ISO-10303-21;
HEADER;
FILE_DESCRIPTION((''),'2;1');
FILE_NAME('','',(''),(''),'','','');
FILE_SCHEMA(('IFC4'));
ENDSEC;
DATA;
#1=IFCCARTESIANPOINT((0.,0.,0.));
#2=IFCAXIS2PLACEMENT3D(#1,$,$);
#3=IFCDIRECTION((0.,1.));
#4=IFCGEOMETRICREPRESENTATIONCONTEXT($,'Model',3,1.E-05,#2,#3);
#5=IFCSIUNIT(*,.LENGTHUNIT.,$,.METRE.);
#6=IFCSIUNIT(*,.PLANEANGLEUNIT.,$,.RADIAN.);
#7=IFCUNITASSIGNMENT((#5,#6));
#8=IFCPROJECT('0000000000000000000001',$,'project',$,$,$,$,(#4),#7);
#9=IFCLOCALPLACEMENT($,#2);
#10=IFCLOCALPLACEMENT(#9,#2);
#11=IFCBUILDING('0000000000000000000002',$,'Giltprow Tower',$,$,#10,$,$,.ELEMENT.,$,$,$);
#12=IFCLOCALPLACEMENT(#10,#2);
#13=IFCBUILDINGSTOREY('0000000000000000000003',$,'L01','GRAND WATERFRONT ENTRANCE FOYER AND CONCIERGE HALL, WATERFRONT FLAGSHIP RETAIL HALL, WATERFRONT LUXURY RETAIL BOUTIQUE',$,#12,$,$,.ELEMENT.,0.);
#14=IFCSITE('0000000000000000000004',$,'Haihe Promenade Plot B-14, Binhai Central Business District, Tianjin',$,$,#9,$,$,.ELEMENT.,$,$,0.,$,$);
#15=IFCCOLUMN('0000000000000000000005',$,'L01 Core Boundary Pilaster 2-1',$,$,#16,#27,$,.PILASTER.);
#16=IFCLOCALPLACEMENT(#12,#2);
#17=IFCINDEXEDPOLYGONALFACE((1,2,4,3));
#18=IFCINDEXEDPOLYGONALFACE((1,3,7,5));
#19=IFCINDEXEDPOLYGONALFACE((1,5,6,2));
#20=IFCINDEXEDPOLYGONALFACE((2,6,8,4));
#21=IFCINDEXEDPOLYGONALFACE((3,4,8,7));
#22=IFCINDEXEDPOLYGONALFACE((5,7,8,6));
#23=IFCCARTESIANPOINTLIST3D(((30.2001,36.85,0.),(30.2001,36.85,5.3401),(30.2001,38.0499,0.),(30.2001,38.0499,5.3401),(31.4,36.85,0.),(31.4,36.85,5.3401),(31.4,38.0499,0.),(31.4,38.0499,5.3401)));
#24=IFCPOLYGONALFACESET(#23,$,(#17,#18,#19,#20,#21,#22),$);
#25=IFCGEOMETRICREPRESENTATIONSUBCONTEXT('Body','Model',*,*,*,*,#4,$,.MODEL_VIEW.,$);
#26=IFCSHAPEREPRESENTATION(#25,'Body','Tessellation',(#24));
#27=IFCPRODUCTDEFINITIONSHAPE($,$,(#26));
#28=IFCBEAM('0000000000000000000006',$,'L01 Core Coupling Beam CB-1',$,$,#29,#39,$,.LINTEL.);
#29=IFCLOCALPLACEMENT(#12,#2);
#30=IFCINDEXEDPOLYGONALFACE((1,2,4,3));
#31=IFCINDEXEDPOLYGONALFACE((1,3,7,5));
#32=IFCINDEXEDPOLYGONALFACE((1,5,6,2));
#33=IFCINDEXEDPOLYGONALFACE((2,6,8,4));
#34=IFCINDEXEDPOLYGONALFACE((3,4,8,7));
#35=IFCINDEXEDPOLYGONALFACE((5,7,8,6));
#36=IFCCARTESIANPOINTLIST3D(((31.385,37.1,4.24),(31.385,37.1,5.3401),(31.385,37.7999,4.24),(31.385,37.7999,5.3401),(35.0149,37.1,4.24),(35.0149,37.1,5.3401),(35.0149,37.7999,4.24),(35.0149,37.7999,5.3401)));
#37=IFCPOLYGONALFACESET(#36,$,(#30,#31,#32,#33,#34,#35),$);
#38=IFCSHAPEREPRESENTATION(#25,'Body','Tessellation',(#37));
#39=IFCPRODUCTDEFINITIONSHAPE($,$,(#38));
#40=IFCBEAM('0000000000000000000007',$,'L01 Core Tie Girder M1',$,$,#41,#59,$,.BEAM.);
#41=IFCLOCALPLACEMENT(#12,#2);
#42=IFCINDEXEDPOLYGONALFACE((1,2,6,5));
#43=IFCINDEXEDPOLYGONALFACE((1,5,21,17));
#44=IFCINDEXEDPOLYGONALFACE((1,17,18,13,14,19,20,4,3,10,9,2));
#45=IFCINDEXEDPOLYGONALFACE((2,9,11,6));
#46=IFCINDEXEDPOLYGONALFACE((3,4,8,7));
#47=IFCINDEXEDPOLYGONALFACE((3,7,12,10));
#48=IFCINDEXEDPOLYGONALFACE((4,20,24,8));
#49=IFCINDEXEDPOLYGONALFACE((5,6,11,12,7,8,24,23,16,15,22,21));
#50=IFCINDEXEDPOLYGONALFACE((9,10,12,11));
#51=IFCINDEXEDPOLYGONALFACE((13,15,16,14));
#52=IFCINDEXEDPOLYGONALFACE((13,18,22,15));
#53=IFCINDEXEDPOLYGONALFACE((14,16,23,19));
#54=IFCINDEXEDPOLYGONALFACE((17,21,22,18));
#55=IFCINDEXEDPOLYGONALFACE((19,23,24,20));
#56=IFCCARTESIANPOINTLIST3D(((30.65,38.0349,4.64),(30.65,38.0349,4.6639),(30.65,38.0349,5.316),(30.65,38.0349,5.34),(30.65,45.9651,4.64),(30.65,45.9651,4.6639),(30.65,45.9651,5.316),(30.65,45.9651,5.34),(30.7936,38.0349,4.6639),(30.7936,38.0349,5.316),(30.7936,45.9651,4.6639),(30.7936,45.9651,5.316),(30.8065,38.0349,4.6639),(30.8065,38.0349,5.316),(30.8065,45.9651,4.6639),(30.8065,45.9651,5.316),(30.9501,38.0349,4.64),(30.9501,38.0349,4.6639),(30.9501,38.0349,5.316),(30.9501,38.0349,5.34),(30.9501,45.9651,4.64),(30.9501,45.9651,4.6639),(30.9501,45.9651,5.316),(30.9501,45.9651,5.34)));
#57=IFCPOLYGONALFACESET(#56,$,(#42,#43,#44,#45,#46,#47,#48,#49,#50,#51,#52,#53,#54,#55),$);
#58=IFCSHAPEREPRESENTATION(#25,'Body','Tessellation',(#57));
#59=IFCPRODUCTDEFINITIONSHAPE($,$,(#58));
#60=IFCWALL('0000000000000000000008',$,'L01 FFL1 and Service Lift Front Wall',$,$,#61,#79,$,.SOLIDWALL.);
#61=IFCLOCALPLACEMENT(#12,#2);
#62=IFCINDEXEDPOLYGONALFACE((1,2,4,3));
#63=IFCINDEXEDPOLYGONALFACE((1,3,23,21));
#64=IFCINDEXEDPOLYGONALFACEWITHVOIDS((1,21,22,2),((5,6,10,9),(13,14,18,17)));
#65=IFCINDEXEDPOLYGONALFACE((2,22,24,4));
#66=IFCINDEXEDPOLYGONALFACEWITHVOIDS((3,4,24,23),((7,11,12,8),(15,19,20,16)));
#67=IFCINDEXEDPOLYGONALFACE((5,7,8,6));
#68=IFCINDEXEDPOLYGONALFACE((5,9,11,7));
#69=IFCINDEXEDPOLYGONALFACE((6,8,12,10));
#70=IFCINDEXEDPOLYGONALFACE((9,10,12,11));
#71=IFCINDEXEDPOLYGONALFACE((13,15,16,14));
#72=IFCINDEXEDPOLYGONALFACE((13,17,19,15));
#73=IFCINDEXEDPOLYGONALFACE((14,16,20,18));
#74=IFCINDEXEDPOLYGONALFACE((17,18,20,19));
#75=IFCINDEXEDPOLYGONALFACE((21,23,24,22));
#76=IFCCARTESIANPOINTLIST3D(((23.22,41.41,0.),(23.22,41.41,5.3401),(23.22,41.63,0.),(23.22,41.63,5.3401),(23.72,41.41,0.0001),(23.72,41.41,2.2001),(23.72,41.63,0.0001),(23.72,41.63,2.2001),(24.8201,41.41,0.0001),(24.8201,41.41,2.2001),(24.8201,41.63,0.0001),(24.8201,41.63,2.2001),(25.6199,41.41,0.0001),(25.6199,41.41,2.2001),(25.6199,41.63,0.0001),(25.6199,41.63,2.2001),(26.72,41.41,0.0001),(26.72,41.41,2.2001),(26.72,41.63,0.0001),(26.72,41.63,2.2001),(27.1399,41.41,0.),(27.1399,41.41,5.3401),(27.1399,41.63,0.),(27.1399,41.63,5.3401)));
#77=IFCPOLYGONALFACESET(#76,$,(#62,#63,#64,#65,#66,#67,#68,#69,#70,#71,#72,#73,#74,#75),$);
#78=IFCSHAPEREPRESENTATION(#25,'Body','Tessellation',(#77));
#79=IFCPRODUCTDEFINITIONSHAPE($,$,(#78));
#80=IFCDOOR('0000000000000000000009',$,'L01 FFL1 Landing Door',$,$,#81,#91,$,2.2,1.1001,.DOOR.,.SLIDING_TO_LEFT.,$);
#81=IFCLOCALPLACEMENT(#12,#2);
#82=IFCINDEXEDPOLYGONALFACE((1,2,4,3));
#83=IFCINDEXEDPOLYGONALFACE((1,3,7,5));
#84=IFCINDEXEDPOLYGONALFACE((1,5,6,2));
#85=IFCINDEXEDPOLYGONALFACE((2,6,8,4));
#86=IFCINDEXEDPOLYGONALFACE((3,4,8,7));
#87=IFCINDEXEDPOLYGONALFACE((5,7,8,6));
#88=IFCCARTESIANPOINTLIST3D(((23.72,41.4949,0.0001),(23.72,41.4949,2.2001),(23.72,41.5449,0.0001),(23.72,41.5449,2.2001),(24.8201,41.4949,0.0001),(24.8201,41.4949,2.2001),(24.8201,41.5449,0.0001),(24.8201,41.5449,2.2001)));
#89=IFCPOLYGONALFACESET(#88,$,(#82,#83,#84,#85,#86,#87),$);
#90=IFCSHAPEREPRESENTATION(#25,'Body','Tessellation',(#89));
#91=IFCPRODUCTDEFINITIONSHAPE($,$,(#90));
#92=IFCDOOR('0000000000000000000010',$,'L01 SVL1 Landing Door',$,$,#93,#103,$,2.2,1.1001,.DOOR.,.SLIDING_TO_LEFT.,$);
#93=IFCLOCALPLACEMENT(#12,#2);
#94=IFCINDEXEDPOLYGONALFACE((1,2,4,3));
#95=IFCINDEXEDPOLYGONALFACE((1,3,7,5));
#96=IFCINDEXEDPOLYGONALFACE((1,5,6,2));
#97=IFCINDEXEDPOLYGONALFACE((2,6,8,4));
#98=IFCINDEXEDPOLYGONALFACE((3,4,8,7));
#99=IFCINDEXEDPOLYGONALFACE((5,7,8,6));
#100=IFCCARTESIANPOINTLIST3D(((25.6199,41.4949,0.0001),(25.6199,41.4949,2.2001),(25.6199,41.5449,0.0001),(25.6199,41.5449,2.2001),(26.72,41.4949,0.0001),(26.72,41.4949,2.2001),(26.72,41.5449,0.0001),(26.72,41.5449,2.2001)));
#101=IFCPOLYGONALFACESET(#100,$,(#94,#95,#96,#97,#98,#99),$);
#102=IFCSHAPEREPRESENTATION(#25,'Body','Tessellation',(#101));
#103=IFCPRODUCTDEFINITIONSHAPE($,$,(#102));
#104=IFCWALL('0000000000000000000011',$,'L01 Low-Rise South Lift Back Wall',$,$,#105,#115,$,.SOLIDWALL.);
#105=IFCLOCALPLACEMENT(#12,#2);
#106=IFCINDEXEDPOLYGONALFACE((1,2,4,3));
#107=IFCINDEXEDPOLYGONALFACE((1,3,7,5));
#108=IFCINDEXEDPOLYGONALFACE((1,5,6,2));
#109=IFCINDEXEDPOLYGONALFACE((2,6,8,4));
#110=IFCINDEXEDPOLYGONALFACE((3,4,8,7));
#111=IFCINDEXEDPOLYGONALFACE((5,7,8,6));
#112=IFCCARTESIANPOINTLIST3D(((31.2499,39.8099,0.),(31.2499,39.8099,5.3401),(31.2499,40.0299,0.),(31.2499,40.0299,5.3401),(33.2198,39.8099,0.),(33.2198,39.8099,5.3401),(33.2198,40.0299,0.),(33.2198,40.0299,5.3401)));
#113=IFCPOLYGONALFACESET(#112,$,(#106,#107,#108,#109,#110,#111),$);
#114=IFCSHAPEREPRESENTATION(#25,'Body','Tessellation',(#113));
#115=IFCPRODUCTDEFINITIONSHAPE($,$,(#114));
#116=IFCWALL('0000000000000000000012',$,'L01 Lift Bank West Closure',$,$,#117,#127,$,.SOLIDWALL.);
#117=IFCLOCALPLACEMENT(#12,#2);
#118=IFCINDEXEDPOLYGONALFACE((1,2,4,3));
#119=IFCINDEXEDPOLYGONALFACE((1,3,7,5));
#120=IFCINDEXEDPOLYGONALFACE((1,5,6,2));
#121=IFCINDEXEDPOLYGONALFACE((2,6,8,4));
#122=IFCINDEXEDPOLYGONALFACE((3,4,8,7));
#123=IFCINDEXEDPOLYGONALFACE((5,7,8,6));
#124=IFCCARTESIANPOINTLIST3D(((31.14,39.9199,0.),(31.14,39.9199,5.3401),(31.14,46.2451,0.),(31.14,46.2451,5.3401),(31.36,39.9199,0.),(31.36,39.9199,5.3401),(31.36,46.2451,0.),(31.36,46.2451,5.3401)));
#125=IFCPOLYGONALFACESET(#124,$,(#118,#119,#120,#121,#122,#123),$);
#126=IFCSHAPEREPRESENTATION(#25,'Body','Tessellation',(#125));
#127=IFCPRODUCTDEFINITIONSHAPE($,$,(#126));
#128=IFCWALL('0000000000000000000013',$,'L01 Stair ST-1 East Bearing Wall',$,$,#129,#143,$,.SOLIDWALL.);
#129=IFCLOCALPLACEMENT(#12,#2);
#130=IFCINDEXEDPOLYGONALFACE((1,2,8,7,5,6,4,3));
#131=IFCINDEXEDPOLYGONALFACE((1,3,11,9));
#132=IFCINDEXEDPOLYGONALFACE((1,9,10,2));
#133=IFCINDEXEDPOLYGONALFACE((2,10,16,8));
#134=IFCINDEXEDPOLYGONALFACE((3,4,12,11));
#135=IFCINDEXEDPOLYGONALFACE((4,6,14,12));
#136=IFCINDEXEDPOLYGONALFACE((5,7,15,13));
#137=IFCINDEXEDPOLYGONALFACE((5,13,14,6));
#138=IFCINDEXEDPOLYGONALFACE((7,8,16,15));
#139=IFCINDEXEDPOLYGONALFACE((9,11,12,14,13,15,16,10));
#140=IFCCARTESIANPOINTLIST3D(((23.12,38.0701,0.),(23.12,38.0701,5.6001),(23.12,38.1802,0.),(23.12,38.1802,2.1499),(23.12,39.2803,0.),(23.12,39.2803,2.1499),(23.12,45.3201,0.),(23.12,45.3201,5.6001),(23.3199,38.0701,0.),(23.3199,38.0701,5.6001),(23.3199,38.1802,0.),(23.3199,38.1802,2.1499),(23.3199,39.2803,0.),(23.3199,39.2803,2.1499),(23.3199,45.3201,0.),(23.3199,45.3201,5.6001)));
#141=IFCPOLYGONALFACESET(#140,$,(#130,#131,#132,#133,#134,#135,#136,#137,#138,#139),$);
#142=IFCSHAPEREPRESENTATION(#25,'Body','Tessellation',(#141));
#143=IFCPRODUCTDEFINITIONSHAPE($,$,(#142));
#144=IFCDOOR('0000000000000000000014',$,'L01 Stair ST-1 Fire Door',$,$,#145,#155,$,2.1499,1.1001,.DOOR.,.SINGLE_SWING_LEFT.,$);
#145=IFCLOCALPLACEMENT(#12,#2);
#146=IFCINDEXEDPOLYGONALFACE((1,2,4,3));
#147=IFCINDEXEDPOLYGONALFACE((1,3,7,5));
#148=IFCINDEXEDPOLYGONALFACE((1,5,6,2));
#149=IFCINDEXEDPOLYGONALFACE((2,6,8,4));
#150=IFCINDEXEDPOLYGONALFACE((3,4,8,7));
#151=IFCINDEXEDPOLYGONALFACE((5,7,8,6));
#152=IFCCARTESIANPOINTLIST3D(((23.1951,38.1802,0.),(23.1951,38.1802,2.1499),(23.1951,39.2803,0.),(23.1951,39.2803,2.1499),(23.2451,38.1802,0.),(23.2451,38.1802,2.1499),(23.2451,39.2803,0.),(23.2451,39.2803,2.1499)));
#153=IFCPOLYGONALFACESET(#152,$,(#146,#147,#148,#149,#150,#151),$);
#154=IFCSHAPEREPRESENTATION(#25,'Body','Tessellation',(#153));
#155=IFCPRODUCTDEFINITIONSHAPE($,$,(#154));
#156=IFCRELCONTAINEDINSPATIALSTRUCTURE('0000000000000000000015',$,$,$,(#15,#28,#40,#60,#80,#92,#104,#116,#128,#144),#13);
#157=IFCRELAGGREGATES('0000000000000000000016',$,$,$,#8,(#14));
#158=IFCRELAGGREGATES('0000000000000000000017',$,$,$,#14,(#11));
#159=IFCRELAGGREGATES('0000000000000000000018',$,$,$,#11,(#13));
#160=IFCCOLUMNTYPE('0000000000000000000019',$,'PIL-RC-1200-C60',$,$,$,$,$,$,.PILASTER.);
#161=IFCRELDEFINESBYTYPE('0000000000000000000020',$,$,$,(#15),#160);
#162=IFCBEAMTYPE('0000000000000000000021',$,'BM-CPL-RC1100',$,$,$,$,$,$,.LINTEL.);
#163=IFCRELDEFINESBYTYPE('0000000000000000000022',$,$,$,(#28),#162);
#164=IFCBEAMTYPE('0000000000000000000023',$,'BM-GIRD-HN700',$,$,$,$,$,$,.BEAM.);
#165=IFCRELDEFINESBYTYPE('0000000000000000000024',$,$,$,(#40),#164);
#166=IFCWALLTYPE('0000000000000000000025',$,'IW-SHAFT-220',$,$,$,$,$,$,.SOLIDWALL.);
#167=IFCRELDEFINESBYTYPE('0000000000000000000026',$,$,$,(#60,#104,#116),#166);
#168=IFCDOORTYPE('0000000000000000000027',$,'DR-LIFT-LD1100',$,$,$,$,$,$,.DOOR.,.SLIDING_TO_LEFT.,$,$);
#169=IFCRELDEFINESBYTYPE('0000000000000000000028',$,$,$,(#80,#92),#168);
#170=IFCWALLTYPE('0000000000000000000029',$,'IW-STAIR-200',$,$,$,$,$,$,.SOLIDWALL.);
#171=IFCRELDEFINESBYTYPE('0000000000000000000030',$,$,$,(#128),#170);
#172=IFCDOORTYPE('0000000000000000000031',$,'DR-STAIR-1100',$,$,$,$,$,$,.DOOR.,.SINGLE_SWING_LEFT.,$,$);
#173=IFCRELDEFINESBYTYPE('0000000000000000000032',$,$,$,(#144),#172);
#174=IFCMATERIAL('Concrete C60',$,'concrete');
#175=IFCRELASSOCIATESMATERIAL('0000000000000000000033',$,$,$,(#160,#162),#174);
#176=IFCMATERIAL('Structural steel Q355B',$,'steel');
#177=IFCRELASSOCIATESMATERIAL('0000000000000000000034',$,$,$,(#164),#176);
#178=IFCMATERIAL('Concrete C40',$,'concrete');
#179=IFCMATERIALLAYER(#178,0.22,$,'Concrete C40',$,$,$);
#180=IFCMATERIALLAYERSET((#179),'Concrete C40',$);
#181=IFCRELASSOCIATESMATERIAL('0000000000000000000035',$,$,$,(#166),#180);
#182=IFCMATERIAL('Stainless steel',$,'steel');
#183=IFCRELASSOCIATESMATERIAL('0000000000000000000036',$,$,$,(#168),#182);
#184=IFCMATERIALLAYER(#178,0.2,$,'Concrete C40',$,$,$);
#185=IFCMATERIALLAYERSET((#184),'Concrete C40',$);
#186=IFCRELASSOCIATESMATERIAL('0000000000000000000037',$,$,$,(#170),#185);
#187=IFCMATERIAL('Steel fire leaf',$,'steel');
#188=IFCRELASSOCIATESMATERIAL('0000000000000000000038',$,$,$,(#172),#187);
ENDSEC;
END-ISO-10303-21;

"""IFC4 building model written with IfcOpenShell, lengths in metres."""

from ifc_helpers import new_model, si_unit, direction, frame, frame_2d, origin, origin_2d, place, context, subcontext, project, spatial, rectangle, i_section, extrude, source, transform, mapped, material, layer, layer_set, material_profile, profile_set, type_object, element, fill, save


model = new_model("IFC4")

# Units and contexts
model_context = context("Model", 3, precision=1e-05, world=origin(), true_north=direction((0.0, 1.0)))
body_context = subcontext(model_context, "Body", "Model", "MODEL_VIEW")
ifc_project = project(units=[si_unit("LENGTHUNIT", "METRE"), si_unit("PLANEANGLEUNIT", "RADIAN")], contexts=[model_context])

# Site, building, storey
site_placement = place(None, origin())
site = spatial("IfcSite", under=ifc_project, at=site_placement, Name="Haihe Promenade Plot B-14, Binhai Central Business District, Tianjin", CompositionType="ELEMENT", RefElevation=0.0)
building_placement = place(site_placement, origin())
building = spatial("IfcBuilding", under=site, at=building_placement, Name="Giltprow Tower", CompositionType="ELEMENT")
storey_placement = place(building_placement, origin())
storey = spatial("IfcBuildingStorey", under=building, at=storey_placement, Name="L01", Description="GRAND WATERFRONT ENTRANCE FOYER AND CONCIERGE HALL, WATERFRONT FLAGSHIP RETAIL HALL, WATERFRONT LUXURY RETAIL BOUTIQUE", CompositionType="ELEMENT", Elevation=0.0)

# Column
ifc_material_1 = material(Name="Concrete C60", Category="concrete")
ifc_material_profile_1 = material_profile(ifc_material_1, rectangle(XDim=1.2, YDim=1.2, at=origin_2d()), Name="RC 1200x1200")
ifc_profile_set_1 = profile_set([ifc_material_profile_1], Name="Concrete C60")
column_type = type_object("IfcColumnType", Name="PIL-RC-1200-C60", PredefinedType="PILASTER", material=ifc_profile_set_1)
shared_shape_1 = source(origin(), body_context, "Body", "SweptSolid", [
    extrude(rectangle(XDim=1.2, YDim=1.2, at=origin_2d()), origin(), (0.0, 0.0, 1.0), 5.3401),
])
column_placement = place(storey_placement, frame((30.8, 37.45, 0.0), z_axis=(0.0, 0.0, 1.0), x_axis=(1.0, 0.0, 0.0)))
element("IfcColumn", 1, at=column_placement, inside=storey, type_object=column_type, Name="L01 Core Boundary Pilaster 2-1", PredefinedType="PILASTER", context=body_context, shape_type="MappedRepresentation", body=[
    mapped(shared_shape_1, transform((0.0, 0.0, 0.0), x_axis=(1.0, 0.0, 0.0), y_axis=(0.0, 1.0, 0.0), z_axis=(0.0, 0.0, 1.0), scale=1.0)),
])

# Beams
ifc_material_profile_2 = material_profile(ifc_material_1, rectangle(XDim=0.7, YDim=1.1001, at=origin_2d()), Name="RC 1100x700")
ifc_profile_set_2 = profile_set([ifc_material_profile_2], Name="Concrete C60")
beam_type_1 = type_object("IfcBeamType", Name="BM-CPL-RC1100", PredefinedType="LINTEL", material=ifc_profile_set_2)
shared_shape_2 = source(origin(), body_context, "Body", "SweptSolid", [
    extrude(rectangle(XDim=0.7, YDim=1.1001, at=origin_2d()), origin(), (0.0, 0.0, 1.0), 3.6299),
])
beam_1_placement = place(storey_placement, frame((31.385, 37.45, 4.79), z_axis=(1.0, 0.0, 0.0), x_axis=(0.0, 1.0, 0.0)))
element("IfcBeam", 2, at=beam_1_placement, inside=storey, type_object=beam_type_1, Name="L01 Core Coupling Beam CB-1", PredefinedType="LINTEL", context=body_context, shape_type="MappedRepresentation", body=[
    mapped(shared_shape_2, transform((0.0, 0.0, 0.0), x_axis=(1.0, 0.0, 0.0), y_axis=(0.0, 1.0, 0.0), z_axis=(0.0, 0.0, 1.0), scale=1.0)),
])
ifc_material_2 = material(Name="Structural steel Q355B", Category="steel")
ifc_material_profile_3 = material_profile(ifc_material_2, i_section(OverallWidth=0.3, OverallDepth=0.7, WebThickness=0.0129, FlangeThickness=0.0239, at=origin_2d()), Name="HN 700x300x13x24")
ifc_profile_set_3 = profile_set([ifc_material_profile_3], Name="Structural steel Q355B")
beam_type_2 = type_object("IfcBeamType", Name="BM-GIRD-HN700", PredefinedType="BEAM", material=ifc_profile_set_3)
shared_shape_3 = source(origin(), body_context, "Body", "SweptSolid", [
    extrude(i_section(OverallWidth=0.3, OverallDepth=0.7, WebThickness=0.0129, FlangeThickness=0.0239, at=origin_2d()), origin(), (0.0, 0.0, 1.0), 7.9302),
])
beam_2_placement = place(storey_placement, frame((30.8, 38.0349, 4.99), z_axis=(0.0, 1.0, 0.0), x_axis=(-1.0, 0.0, 0.0)))
element("IfcBeam", 3, at=beam_2_placement, inside=storey, type_object=beam_type_2, Name="L01 Core Tie Girder M1", PredefinedType="BEAM", context=body_context, shape_type="MappedRepresentation", body=[
    mapped(shared_shape_3, transform((0.0, 0.0, 0.0), x_axis=(1.0, 0.0, 0.0), y_axis=(0.0, 1.0, 0.0), z_axis=(0.0, 0.0, 1.0), scale=1.0)),
])

# Wall, openings, doors
ifc_material_3 = material(Name="Concrete C40", Category="concrete")
ifc_layer_1 = layer(ifc_material_3, 0.22, Name="Concrete C40")
ifc_layer_set_1 = layer_set([ifc_layer_1], Name="Concrete C40")
wall_type_1 = type_object("IfcWallType", Name="IW-SHAFT-220", PredefinedType="SOLIDWALL", material=ifc_layer_set_1)
wall_1_placement = place(storey_placement, frame((23.22, 41.52, 0.0), z_axis=(0.0, 0.0, 1.0), x_axis=(1.0, 0.0, 0.0)))
wall_1 = element("IfcWall", 4, at=wall_1_placement, inside=storey, type_object=wall_type_1, Name="L01 FFL1 and Service Lift Front Wall", PredefinedType="SOLIDWALL", context=body_context, shape_type="SweptSolid", body=[
    extrude(rectangle(XDim=3.9199, YDim=0.22, at=frame_2d((1.96, 0.0))), origin(), (0.0, 0.0, 1.0), 5.3401),
])
opening_1_placement = place(wall_1_placement, frame((0.5, 0.0, 0.0)))
opening_1 = element("IfcOpeningElement", 5, at=opening_1_placement, cuts=wall_1, PredefinedType="OPENING", context=body_context, shape_type="SweptSolid", body=[
    extrude(rectangle(XDim=1.1001, YDim=2.2, at=frame_2d((0.55, 1.1001))), frame((0.0, 0.1199, 0.0), z_axis=(0.0, -1.0, 0.0), x_axis=(1.0, 0.0, 0.0)), (0.0, 0.0, 1.0), 0.24),
])
opening_2_placement = place(wall_1_placement, frame((2.3999, 0.0, 0.0)))
opening_2 = element("IfcOpeningElement", 6, at=opening_2_placement, cuts=wall_1, PredefinedType="OPENING", context=body_context, shape_type="SweptSolid", body=[
    extrude(rectangle(XDim=1.1001, YDim=2.2, at=frame_2d((0.55, 1.1001))), frame((0.0, 0.1199, 0.0), z_axis=(0.0, -1.0, 0.0), x_axis=(1.0, 0.0, 0.0)), (0.0, 0.0, 1.0), 0.24),
])
ifc_material_4 = material(Name="Stainless steel", Category="steel")
door_type_1 = type_object("IfcDoorType", Name="DR-LIFT-LD1100", OperationType="SLIDING_TO_LEFT", PredefinedType="DOOR", material=ifc_material_4)
shared_shape_4 = source(origin(), body_context, "Body", "SweptSolid", [
    extrude(rectangle(XDim=1.1001, YDim=2.2, at=frame_2d((0.55, 1.1001))), frame((0.0, 0.0249, 0.0), z_axis=(0.0, -1.0, 0.0), x_axis=(1.0, 0.0, 0.0)), (0.0, 0.0, 1.0), 0.05),
])
door_1_placement = place(opening_1_placement, origin())
door_1 = element("IfcDoor", 7, at=door_1_placement, inside=storey, type_object=door_type_1, Name="L01 FFL1 Landing Door", OperationType="SLIDING_TO_LEFT", OverallHeight=2.2, OverallWidth=1.1001, PredefinedType="DOOR", context=body_context, shape_type="MappedRepresentation", body=[
    mapped(shared_shape_4, transform((0.0, 0.0, 0.0), x_axis=(1.0, 0.0, 0.0), y_axis=(0.0, 1.0, 0.0), z_axis=(0.0, 0.0, 1.0), scale=1.0)),
])
fill(opening_1, door_1)
door_2_placement = place(opening_2_placement, origin())
door_2 = element("IfcDoor", 8, at=door_2_placement, inside=storey, type_object=door_type_1, Name="L01 SVL1 Landing Door", OperationType="SLIDING_TO_LEFT", OverallHeight=2.2, OverallWidth=1.1001, PredefinedType="DOOR", context=body_context, shape_type="MappedRepresentation", body=[
    mapped(shared_shape_4, transform((0.0, 0.0, 0.0), x_axis=(1.0, 0.0, 0.0), y_axis=(0.0, 1.0, 0.0), z_axis=(0.0, 0.0, 1.0), scale=1.0)),
])
fill(opening_2, door_2)

# Walls
wall_2_placement = place(storey_placement, frame((31.25, 39.9199, 0.0), z_axis=(0.0, 0.0, 1.0), x_axis=(1.0, 0.0, 0.0)))
element("IfcWall", 9, at=wall_2_placement, inside=storey, type_object=wall_type_1, Name="L01 Low-Rise South Lift Back Wall", PredefinedType="SOLIDWALL", context=body_context, shape_type="SweptSolid", body=[
    extrude(rectangle(XDim=1.97, YDim=0.22, at=frame_2d((0.9849, 0.0))), origin(), (0.0, 0.0, 1.0), 5.3401),
])
wall_3_placement = place(storey_placement, frame((31.25, 39.9199, 0.0), z_axis=(0.0, 0.0, 1.0), x_axis=(0.0, 1.0, 0.0)))
element("IfcWall", 10, at=wall_3_placement, inside=storey, type_object=wall_type_1, Name="L01 Lift Bank West Closure", PredefinedType="SOLIDWALL", context=body_context, shape_type="SweptSolid", body=[
    extrude(rectangle(XDim=6.3252, YDim=0.22, at=frame_2d((3.1626, 0.0))), origin(), (0.0, 0.0, 1.0), 5.3401),
])

# Wall, opening, door
ifc_layer_2 = layer(ifc_material_3, 0.2, Name="Concrete C40")
ifc_layer_set_2 = layer_set([ifc_layer_2], Name="Concrete C40")
wall_type_2 = type_object("IfcWallType", Name="IW-STAIR-200", PredefinedType="SOLIDWALL", material=ifc_layer_set_2)
wall_4_placement = place(storey_placement, frame((23.22, 38.0701, 0.0), z_axis=(0.0, 0.0, 1.0), x_axis=(0.0, 1.0, 0.0)))
wall_4 = element("IfcWall", 11, at=wall_4_placement, inside=storey, type_object=wall_type_2, Name="L01 Stair ST-1 East Bearing Wall", PredefinedType="SOLIDWALL", context=body_context, shape_type="SweptSolid", body=[
    extrude(rectangle(XDim=7.25, YDim=0.2, at=frame_2d((3.625, 0.0))), origin(), (0.0, 0.0, 1.0), 5.6001),
])
opening_3_placement = place(wall_4_placement, frame((0.1101, 0.0, 0.0)))
opening_3 = element("IfcOpeningElement", 12, at=opening_3_placement, cuts=wall_4, PredefinedType="OPENING", context=body_context, shape_type="SweptSolid", body=[
    extrude(rectangle(XDim=1.1001, YDim=2.1499, at=frame_2d((0.55, 1.075))), frame((0.0, 0.1099, 0.0), z_axis=(0.0, -1.0, 0.0), x_axis=(1.0, 0.0, 0.0)), (0.0, 0.0, 1.0), 0.22),
])
ifc_material_5 = material(Name="Steel fire leaf", Category="steel")
door_type_2 = type_object("IfcDoorType", Name="DR-STAIR-1100", OperationType="SINGLE_SWING_LEFT", PredefinedType="DOOR", material=ifc_material_5)
shared_shape_5 = source(origin(), body_context, "Body", "SweptSolid", [
    extrude(rectangle(XDim=1.1001, YDim=2.1499, at=frame_2d((0.55, 1.075))), frame((0.0, 0.0249, 0.0), z_axis=(0.0, -1.0, 0.0), x_axis=(1.0, 0.0, 0.0)), (0.0, 0.0, 1.0), 0.05),
])
door_3_placement = place(opening_3_placement, origin())
door_3 = element("IfcDoor", 13, at=door_3_placement, inside=storey, type_object=door_type_2, Name="L01 Stair ST-1 Fire Door", OperationType="SINGLE_SWING_LEFT", OverallHeight=2.1499, OverallWidth=1.1001, PredefinedType="DOOR", context=body_context, shape_type="MappedRepresentation", body=[
    mapped(shared_shape_5, transform((0.0, 0.0, 0.0), x_axis=(1.0, 0.0, 0.0), y_axis=(0.0, 1.0, 0.0), z_axis=(0.0, 0.0, 1.0), scale=1.0)),
])
fill(opening_3, door_3)

save(model, "model.ifc")
